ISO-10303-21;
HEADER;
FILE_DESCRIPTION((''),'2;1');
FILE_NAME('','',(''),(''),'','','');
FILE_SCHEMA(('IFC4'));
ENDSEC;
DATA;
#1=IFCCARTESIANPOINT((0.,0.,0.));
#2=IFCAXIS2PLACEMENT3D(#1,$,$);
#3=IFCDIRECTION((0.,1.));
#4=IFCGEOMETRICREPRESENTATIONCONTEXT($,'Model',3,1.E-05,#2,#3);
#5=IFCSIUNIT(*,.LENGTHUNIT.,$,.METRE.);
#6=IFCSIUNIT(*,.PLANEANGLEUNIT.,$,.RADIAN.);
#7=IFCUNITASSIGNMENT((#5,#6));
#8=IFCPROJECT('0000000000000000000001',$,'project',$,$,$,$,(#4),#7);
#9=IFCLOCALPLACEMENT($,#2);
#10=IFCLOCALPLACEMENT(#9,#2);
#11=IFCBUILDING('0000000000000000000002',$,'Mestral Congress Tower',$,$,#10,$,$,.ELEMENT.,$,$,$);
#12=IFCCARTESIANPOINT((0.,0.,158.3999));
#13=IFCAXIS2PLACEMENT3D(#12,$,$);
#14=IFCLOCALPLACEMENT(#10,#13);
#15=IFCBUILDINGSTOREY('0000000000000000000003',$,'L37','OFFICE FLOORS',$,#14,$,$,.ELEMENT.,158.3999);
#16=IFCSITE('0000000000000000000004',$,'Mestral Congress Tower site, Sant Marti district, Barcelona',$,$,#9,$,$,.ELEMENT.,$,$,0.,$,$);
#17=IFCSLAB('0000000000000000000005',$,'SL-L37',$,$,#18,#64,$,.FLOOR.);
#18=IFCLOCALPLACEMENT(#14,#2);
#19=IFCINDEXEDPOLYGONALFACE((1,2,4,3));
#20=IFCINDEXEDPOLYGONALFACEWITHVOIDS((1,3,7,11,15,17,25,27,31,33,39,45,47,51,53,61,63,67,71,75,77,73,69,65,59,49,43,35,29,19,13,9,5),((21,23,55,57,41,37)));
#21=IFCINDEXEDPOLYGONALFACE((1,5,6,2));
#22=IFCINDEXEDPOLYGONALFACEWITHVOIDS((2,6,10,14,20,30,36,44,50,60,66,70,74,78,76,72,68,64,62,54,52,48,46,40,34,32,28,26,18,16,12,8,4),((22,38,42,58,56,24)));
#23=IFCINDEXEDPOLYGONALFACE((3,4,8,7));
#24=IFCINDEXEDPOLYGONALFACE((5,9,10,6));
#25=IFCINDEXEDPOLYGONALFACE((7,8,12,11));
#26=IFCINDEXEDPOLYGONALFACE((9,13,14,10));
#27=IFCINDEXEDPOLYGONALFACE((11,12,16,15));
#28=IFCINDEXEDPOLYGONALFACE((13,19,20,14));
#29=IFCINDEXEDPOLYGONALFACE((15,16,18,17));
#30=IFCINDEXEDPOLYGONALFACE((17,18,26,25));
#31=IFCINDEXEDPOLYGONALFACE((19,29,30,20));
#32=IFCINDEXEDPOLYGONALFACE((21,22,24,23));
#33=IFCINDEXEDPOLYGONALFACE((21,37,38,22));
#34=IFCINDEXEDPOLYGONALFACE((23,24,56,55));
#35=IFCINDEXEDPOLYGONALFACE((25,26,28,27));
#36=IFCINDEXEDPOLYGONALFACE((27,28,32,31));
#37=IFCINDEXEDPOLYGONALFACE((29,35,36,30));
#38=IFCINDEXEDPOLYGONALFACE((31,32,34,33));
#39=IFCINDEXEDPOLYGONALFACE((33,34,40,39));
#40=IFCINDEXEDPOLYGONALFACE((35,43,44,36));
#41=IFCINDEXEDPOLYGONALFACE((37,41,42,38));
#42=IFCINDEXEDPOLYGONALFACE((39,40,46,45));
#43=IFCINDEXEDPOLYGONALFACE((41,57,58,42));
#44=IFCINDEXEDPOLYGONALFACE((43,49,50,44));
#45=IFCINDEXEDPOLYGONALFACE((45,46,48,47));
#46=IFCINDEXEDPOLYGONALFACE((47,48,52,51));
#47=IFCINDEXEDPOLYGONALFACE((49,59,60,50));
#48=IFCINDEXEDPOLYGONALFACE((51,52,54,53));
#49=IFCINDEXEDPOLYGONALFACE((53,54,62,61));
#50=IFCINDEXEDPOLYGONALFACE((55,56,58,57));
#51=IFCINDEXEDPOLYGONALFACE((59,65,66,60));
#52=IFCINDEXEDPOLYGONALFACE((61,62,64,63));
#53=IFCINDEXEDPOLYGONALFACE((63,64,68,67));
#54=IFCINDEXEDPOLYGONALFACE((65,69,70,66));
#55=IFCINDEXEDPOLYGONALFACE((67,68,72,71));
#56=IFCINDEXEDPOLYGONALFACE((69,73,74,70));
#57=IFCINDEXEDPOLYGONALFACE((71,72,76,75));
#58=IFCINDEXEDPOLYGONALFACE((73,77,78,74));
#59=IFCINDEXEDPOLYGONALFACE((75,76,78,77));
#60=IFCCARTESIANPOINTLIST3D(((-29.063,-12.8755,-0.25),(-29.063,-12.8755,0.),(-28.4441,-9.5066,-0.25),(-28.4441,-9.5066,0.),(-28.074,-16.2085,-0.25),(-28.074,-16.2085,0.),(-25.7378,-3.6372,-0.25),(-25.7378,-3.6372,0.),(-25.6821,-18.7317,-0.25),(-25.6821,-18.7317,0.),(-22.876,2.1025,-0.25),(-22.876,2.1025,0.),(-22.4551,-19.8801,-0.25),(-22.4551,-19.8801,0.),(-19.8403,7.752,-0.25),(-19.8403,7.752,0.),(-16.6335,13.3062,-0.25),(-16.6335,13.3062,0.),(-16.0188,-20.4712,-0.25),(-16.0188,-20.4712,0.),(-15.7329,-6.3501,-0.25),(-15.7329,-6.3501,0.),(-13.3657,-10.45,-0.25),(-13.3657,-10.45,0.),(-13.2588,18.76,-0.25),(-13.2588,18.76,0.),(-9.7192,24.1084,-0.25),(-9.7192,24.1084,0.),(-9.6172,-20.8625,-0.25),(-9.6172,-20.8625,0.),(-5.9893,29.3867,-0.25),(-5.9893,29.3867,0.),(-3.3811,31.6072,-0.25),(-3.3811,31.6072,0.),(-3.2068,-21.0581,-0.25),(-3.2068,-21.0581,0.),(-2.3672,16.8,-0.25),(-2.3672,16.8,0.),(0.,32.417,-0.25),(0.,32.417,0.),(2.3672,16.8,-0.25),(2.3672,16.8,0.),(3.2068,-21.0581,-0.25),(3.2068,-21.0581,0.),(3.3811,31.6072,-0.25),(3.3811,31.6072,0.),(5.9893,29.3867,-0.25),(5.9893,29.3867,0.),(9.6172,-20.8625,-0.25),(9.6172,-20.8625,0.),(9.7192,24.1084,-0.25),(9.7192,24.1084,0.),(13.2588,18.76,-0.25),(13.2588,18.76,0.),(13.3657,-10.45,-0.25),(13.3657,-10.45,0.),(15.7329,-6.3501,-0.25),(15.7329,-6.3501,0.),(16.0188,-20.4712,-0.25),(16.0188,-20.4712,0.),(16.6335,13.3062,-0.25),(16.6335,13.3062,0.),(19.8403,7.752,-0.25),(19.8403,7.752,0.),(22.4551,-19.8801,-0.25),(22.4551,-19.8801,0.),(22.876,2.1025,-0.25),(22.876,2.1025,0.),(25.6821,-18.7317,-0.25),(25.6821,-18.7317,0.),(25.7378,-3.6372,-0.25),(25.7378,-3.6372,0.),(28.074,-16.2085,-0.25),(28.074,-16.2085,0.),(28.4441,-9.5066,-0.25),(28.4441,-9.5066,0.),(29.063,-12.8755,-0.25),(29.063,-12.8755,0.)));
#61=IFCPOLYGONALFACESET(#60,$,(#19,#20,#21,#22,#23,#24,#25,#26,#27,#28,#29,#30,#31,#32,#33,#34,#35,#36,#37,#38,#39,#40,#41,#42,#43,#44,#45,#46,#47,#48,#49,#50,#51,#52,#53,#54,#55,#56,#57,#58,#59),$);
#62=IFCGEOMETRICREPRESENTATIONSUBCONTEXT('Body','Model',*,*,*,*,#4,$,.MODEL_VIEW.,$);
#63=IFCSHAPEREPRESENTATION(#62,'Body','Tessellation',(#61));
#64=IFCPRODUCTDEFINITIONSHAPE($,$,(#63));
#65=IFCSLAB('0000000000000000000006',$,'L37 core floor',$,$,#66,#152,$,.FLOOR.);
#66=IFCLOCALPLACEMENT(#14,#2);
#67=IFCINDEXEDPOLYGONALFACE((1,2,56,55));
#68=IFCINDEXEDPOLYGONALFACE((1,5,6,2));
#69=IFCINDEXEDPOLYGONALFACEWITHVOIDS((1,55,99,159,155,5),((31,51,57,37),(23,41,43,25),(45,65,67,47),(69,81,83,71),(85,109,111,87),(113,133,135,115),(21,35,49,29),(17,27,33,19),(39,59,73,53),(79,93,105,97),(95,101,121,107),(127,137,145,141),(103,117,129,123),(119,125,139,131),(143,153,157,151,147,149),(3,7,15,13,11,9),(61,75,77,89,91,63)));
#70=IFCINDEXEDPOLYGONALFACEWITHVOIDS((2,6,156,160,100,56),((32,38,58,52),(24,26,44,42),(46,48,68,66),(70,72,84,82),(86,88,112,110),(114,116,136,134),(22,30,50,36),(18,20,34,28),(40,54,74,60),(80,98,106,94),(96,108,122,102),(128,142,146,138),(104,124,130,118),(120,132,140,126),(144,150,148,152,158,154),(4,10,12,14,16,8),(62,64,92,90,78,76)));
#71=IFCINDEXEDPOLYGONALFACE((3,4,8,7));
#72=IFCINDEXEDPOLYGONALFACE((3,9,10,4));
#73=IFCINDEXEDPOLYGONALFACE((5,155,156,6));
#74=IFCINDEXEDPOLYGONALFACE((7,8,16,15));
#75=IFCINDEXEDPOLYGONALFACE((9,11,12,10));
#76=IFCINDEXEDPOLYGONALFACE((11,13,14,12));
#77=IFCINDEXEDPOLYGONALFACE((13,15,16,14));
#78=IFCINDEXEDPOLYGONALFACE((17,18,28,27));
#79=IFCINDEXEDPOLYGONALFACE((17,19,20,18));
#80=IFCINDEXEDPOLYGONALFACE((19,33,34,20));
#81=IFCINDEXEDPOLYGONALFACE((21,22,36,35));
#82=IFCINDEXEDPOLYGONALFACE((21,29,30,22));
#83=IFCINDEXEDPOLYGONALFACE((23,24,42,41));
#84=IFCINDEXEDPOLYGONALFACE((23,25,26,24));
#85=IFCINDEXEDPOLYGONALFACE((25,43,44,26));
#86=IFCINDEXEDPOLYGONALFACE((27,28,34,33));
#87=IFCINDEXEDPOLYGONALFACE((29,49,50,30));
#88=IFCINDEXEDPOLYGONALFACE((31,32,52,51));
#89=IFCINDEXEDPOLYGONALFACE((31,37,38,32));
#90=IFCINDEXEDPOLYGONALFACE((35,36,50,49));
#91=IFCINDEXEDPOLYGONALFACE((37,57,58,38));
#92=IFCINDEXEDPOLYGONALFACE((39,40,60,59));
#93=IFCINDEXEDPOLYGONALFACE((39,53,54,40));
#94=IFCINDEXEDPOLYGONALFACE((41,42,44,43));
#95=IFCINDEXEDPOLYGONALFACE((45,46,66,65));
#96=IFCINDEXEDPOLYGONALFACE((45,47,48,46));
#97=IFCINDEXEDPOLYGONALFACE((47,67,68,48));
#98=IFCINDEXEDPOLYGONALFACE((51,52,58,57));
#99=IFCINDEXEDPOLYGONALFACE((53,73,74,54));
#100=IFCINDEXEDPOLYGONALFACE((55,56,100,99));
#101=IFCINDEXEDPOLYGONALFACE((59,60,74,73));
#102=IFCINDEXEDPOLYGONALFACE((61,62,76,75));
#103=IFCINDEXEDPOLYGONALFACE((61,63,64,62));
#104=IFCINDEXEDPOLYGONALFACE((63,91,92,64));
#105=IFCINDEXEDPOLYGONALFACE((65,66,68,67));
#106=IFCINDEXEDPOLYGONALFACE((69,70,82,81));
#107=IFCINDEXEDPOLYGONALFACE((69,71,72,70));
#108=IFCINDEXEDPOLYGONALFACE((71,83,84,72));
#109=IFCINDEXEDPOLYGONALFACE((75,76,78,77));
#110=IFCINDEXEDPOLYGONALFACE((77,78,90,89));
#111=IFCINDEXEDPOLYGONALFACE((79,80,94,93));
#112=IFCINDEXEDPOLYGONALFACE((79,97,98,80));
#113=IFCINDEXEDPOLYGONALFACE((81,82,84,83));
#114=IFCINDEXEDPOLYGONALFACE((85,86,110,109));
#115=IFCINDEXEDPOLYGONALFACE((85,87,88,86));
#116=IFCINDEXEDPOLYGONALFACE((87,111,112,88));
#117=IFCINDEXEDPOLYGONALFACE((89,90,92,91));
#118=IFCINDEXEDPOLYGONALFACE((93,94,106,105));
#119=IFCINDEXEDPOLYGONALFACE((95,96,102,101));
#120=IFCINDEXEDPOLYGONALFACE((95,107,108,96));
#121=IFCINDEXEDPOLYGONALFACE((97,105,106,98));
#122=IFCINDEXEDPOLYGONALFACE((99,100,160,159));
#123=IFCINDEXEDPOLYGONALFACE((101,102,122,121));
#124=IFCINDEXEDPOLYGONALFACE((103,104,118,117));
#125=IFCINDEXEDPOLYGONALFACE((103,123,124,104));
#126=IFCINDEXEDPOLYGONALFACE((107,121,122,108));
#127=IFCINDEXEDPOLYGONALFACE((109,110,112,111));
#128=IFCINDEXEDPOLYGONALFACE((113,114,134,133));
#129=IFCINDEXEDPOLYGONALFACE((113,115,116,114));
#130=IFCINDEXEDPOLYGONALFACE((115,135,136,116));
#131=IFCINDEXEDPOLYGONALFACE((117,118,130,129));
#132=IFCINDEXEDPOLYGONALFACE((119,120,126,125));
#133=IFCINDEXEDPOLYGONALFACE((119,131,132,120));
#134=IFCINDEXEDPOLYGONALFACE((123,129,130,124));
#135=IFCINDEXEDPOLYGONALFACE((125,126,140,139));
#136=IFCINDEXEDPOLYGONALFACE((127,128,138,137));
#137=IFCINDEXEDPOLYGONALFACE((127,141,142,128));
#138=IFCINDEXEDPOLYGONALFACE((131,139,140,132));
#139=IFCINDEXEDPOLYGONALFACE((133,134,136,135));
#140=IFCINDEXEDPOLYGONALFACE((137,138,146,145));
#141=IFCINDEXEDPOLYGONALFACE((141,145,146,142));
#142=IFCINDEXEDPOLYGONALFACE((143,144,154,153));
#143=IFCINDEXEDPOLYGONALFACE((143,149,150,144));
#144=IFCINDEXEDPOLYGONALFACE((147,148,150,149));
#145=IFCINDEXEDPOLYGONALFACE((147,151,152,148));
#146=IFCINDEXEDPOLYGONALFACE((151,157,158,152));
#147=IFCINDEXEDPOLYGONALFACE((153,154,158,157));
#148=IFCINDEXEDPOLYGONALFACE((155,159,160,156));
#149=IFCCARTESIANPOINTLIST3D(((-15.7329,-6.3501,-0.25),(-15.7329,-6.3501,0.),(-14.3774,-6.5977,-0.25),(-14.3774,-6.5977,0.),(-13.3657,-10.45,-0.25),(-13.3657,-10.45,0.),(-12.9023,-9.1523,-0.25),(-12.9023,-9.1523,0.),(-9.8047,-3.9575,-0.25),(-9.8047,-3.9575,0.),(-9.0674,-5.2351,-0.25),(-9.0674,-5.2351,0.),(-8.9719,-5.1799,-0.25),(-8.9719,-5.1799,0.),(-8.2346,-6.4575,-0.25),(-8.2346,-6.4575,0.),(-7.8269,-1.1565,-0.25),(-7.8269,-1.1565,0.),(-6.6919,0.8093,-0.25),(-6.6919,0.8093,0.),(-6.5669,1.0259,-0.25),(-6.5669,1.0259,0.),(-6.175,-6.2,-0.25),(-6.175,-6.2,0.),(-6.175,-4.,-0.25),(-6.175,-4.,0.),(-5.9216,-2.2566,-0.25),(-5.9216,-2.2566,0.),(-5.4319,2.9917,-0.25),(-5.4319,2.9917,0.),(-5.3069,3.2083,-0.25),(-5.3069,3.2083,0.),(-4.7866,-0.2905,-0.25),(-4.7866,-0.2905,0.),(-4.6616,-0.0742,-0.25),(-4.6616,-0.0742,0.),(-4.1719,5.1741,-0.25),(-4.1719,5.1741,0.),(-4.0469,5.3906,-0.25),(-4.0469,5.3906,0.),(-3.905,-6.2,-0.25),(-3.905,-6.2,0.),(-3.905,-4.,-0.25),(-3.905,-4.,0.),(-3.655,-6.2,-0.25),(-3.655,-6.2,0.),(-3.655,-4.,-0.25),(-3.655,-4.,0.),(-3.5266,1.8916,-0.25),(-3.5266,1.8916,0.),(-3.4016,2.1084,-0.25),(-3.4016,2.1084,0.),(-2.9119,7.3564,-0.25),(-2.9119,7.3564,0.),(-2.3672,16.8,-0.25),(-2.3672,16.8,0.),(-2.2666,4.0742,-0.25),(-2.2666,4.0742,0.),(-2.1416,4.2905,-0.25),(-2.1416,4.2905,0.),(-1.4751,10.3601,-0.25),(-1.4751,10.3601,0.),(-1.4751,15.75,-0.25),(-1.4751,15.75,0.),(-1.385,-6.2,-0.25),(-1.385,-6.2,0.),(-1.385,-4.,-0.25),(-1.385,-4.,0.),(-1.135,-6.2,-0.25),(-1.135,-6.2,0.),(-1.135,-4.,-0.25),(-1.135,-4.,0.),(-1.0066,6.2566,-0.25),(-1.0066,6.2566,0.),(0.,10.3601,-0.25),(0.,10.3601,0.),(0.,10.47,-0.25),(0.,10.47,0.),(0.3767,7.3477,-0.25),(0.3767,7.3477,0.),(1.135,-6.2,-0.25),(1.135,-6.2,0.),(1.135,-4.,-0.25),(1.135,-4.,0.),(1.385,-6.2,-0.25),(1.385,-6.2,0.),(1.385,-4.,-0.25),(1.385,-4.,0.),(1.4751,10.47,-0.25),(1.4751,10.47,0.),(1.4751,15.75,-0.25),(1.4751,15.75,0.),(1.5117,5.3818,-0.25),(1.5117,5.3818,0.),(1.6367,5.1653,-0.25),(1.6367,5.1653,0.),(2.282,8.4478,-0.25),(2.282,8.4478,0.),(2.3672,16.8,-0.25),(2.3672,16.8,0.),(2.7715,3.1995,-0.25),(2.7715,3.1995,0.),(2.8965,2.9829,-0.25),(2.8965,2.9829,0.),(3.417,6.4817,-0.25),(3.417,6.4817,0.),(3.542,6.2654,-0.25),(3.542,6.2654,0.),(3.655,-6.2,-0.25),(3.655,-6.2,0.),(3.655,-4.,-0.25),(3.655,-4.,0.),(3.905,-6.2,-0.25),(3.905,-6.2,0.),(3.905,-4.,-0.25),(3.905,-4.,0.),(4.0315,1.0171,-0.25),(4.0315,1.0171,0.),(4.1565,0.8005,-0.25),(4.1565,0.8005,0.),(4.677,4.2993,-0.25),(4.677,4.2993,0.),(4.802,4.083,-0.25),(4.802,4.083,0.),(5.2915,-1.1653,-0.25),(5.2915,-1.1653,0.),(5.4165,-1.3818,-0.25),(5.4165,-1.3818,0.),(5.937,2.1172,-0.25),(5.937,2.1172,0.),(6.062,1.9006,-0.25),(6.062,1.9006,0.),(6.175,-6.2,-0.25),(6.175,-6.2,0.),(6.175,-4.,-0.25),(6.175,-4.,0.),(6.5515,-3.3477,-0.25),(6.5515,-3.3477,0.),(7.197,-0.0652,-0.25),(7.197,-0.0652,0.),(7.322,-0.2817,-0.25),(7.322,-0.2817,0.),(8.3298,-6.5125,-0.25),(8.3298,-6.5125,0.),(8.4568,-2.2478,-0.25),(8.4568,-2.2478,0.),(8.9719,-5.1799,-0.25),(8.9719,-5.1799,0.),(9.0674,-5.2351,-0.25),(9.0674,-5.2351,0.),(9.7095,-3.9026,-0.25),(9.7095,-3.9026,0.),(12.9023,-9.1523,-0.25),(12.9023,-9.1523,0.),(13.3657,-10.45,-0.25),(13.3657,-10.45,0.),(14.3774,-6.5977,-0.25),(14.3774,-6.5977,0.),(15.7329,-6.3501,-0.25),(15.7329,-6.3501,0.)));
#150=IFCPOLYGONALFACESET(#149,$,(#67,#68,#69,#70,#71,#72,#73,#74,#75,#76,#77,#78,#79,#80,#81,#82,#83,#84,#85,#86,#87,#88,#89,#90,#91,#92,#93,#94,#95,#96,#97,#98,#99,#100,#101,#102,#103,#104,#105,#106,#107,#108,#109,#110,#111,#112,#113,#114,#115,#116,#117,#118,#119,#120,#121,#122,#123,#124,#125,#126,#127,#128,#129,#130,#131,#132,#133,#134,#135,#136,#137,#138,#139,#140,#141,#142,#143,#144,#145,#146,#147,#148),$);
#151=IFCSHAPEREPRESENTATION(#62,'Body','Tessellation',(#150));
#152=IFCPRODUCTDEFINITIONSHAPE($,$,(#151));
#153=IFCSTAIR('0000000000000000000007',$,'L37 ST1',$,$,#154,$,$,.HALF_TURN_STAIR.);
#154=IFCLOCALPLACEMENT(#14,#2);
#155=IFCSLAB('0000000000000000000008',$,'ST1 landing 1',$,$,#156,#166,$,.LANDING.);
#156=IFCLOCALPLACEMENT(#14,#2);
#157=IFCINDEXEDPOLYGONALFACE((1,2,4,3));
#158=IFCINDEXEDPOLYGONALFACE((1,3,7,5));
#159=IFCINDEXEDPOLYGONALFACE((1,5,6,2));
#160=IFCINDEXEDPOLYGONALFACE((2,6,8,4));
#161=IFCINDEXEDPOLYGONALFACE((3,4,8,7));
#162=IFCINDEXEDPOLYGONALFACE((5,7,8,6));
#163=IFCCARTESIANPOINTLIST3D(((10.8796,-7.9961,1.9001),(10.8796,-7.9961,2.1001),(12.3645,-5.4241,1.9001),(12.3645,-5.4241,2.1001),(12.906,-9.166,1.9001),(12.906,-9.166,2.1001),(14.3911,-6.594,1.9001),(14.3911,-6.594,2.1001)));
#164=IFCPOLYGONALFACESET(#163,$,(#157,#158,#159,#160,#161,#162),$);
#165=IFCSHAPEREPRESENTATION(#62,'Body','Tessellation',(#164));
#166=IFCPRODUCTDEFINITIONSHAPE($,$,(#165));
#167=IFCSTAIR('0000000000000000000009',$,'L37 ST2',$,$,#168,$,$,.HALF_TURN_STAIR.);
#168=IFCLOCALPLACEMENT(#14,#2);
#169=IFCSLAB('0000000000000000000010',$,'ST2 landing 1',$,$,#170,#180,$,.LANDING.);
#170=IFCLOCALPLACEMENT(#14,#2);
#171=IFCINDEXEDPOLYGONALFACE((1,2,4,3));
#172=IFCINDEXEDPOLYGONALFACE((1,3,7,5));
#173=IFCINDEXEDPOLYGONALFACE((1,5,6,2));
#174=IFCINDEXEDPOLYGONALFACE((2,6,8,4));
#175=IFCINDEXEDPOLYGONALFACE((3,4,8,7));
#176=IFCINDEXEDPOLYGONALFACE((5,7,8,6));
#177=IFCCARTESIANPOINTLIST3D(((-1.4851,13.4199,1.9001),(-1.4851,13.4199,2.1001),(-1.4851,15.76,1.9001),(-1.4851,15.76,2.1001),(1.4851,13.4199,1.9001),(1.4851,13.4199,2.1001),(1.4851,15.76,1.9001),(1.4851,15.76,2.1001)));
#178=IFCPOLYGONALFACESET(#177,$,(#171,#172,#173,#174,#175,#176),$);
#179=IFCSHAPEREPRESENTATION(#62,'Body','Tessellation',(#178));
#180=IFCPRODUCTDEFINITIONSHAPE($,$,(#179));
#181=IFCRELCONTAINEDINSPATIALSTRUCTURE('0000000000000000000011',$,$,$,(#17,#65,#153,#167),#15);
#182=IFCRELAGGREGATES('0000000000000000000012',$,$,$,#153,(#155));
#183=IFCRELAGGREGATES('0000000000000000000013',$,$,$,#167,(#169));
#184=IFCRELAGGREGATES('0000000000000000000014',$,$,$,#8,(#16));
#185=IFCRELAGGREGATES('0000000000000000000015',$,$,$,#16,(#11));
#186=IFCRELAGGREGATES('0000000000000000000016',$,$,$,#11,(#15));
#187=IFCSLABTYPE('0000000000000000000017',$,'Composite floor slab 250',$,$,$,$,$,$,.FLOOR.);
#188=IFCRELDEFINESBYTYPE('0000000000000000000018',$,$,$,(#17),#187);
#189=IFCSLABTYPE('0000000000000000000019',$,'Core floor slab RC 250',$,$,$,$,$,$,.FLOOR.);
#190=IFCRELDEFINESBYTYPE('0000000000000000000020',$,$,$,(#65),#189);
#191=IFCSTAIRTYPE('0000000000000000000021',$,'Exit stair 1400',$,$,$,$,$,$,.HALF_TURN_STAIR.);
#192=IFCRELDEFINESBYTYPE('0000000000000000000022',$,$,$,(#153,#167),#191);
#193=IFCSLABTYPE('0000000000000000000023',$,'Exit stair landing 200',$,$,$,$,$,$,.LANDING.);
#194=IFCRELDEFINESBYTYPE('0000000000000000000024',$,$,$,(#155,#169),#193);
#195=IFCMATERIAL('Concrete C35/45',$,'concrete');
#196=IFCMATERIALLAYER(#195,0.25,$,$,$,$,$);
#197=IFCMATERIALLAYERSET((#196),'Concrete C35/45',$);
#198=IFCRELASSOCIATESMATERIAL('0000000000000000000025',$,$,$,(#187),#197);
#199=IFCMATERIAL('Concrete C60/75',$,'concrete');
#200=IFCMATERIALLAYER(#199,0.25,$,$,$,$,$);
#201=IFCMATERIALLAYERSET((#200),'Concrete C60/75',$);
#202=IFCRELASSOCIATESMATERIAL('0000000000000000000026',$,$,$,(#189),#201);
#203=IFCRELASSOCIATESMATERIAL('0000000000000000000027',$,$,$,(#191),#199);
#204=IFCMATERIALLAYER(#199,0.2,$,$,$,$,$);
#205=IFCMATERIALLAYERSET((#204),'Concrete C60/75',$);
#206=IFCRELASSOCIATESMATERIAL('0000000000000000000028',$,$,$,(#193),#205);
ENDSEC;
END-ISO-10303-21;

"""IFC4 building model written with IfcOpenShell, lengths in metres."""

from ifc_helpers import new_model, si_unit, direction, frame, origin, place, context, subcontext, project, spatial, polyline, outline, extrude, material, layer, layer_set, type_object, element, aggregate, save


model = new_model("IFC4")

# Units and contexts
model_context = context("Model", 3, precision=1e-05, world=origin(), true_north=direction((0.0, 1.0)))
body_context = subcontext(model_context, "Body", "Model", "MODEL_VIEW")
ifc_project = project(units=[si_unit("LENGTHUNIT", "METRE"), si_unit("PLANEANGLEUNIT", "RADIAN")], contexts=[model_context])

# Site, building, storey
site_placement = place(None, origin())
site = spatial("IfcSite", under=ifc_project, at=site_placement, Name="Mestral Congress Tower site, Sant Marti district, Barcelona", CompositionType="ELEMENT", RefElevation=0.0)
building_placement = place(site_placement, origin())
building = spatial("IfcBuilding", under=site, at=building_placement, Name="Mestral Congress Tower", CompositionType="ELEMENT")
storey_placement = place(building_placement, frame((0.0, 0.0, 158.3999)))
storey = spatial("IfcBuildingStorey", under=building, at=storey_placement, Name="L37", Description="OFFICE FLOORS", CompositionType="ELEMENT", Elevation=158.3999)

# Slabs
ifc_material_1 = material(Name="Concrete C35/45", Category="concrete")
ifc_layer_1 = layer(ifc_material_1, 0.25)
ifc_layer_set_1 = layer_set([ifc_layer_1], Name="Concrete C35/45")
slab_type_1 = type_object("IfcSlabType", Name="Composite floor slab 250", PredefinedType="FLOOR", material=ifc_layer_set_1)
placement_1 = place(storey_placement, frame((0.0, 0.0, -0.25)))
element("IfcSlab", 1, at=placement_1, inside=storey, type_object=slab_type_1, Name="SL-L37", PredefinedType="FLOOR", context=body_context, shape_type="SweptSolid", body=[
    extrude(outline(polyline([(-22.4551, -19.8801), (-25.6821, -18.7317), (-28.074, -16.2085), (-29.063, -12.8755), (-28.4441, -9.5066), (-25.7378, -3.6372), (-22.876, 2.1025), (-19.8403, 7.752), (-16.6335, 13.3062), (-13.2588, 18.76), (-9.7192, 24.1084), (-5.9893, 29.3867), (-3.3811, 31.6072), (0.0, 32.417), (3.3811, 31.6072), (5.9893, 29.3867), (9.7192, 24.1084), (13.2588, 18.76), (16.6335, 13.3062), (19.8403, 7.752), (22.876, 2.1025), (25.7378, -3.6372), (28.4441, -9.5066), (29.063, -12.8755), (28.074, -16.2085), (25.6821, -18.7317), (22.4551, -19.8801), (16.0188, -20.4712), (9.6172, -20.8625), (3.2068, -21.0581), (-3.2068, -21.0581), (-9.6172, -20.8625), (-16.0188, -20.4712), (-22.4551, -19.8801)]), holes=[polyline([(-2.3672, 16.8), (-15.7329, -6.3501), (-13.3657, -10.45), (13.3657, -10.45), (15.7329, -6.3501), (2.3672, 16.8), (-2.3672, 16.8)])]), origin(), (0.0, 0.0, 1.0), 0.25),
])
ifc_material_2 = material(Name="Concrete C60/75", Category="concrete")
ifc_layer_2 = layer(ifc_material_2, 0.25)
ifc_layer_set_2 = layer_set([ifc_layer_2], Name="Concrete C60/75")
slab_type_2 = type_object("IfcSlabType", Name="Core floor slab RC 250", PredefinedType="FLOOR", material=ifc_layer_set_2)
element("IfcSlab", 2, at=placement_1, inside=storey, type_object=slab_type_2, Name="L37 core floor", PredefinedType="FLOOR", context=body_context, shape_type="SweptSolid", body=[
    extrude(outline(polyline([(13.3657, -10.45), (-13.3657, -10.45), (-15.7329, -6.3501), (-2.3672, 16.8), (2.3672, 16.8), (15.7329, -6.3501), (13.3657, -10.45)]), holes=[polyline([(-9.8047, -3.9575), (-14.3774, -6.5977), (-12.9023, -9.1523), (-8.2346, -6.4575), (-8.9719, -5.1799), (-9.0674, -5.2351), (-9.8047, -3.9575)]), polyline([(-3.905, -4.0), (-6.175, -4.0), (-6.175, -6.2), (-3.905, -6.2), (-3.905, -4.0)]), polyline([(-1.385, -4.0), (-3.655, -4.0), (-3.655, -6.2), (-1.385, -6.2), (-1.385, -4.0)]), polyline([(1.135, -4.0), (-1.135, -4.0), (-1.135, -6.2), (1.135, -6.2), (1.135, -4.0)]), polyline([(-5.9216, -2.2566), (-4.7866, -0.2905), (-6.6919, 0.8093), (-7.8269, -1.1565), (-5.9216, -2.2566)]), polyline([(-4.6616, -0.0742), (-3.5266, 1.8916), (-5.4319, 2.9917), (-6.5669, 1.0259), (-4.6616, -0.0742)]), polyline([(-3.4016, 2.1084), (-2.2666, 4.0742), (-4.1719, 5.1741), (-5.3069, 3.2083), (-3.4016, 2.1084)]), polyline([(-2.1416, 4.2905), (-1.0066, 6.2566), (-2.9119, 7.3564), (-4.0469, 5.3906), (-2.1416, 4.2905)]), polyline([(1.4751, 10.47), (1.4751, 15.75), (-1.4751, 15.75), (-1.4751, 10.3601), (0.0, 10.3601), (0.0, 10.47), (1.4751, 10.47)]), polyline([(8.3298, -6.5125), (12.9023, -9.1523), (14.3774, -6.5977), (9.7095, -3.9026), (8.9719, -5.1799), (9.0674, -5.2351), (8.3298, -6.5125)]), polyline([(3.655, -4.0), (1.385, -4.0), (1.385, -6.2), (3.655, -6.2), (3.655, -4.0)]), polyline([(6.175, -4.0), (3.905, -4.0), (3.905, -6.2), (6.175, -6.2), (6.175, -4.0)]), polyline([(5.4165, -1.3818), (6.5515, -3.3477), (8.4568, -2.2478), (7.322, -0.2817), (5.4165, -1.3818)]), polyline([(4.1565, 0.8005), (5.2915, -1.1653), (7.197, -0.0652), (6.062, 1.9006), (4.1565, 0.8005)]), polyline([(2.8965, 2.9829), (4.0315, 1.0171), (5.937, 2.1172), (4.802, 4.083), (2.8965, 2.9829)]), polyline([(3.542, 6.2654), (1.6367, 5.1653), (2.7715, 3.1995), (4.677, 4.2993), (3.542, 6.2654)]), polyline([(2.282, 8.4478), (0.3767, 7.3477), (1.5117, 5.3818), (3.417, 6.4817), (2.282, 8.4478)])]), origin(), (0.0, 0.0, 1.0), 0.25),
])

# Stairs, slabs
stair_type = type_object("IfcStairType", Name="Exit stair 1400", PredefinedType="HALF_TURN_STAIR", material=ifc_material_2)
placement_2 = place(storey_placement, origin())
stair_1 = element("IfcStair", 3, at=placement_2, inside=storey, type_object=stair_type, Name="L37 ST1", PredefinedType="HALF_TURN_STAIR")
ifc_layer_3 = layer(ifc_material_2, 0.2)
ifc_layer_set_3 = layer_set([ifc_layer_3], Name="Concrete C60/75")
slab_type_3 = type_object("IfcSlabType", Name="Exit stair landing 200", PredefinedType="LANDING", material=ifc_layer_set_3)
placement_3 = place(storey_placement, frame((0.0, 0.0, 1.9001)))
slab_1 = element("IfcSlab", 4, at=placement_3, type_object=slab_type_3, Name="ST1 landing 1", PredefinedType="LANDING", context=body_context, shape_type="SweptSolid", body=[
    extrude(outline(polyline([(10.8796, -7.9961), (12.3645, -5.4241), (14.3911, -6.594), (12.906, -9.166), (10.8796, -7.9961)])), origin(), (0.0, 0.0, 1.0), 0.2),
])
aggregate(stair_1, [slab_1])
stair_2 = element("IfcStair", 5, at=placement_2, inside=storey, type_object=stair_type, Name="L37 ST2", PredefinedType="HALF_TURN_STAIR")
slab_2 = element("IfcSlab", 6, at=placement_3, type_object=slab_type_3, Name="ST2 landing 1", PredefinedType="LANDING", context=body_context, shape_type="SweptSolid", body=[
    extrude(outline(polyline([(1.4851, 13.4199), (-1.4851, 13.4199), (-1.4851, 15.76), (1.4851, 15.76), (1.4851, 13.4199)])), origin(), (0.0, 0.0, 1.0), 0.2),
])
aggregate(stair_2, [slab_2])

save(model, "model.ifc")
